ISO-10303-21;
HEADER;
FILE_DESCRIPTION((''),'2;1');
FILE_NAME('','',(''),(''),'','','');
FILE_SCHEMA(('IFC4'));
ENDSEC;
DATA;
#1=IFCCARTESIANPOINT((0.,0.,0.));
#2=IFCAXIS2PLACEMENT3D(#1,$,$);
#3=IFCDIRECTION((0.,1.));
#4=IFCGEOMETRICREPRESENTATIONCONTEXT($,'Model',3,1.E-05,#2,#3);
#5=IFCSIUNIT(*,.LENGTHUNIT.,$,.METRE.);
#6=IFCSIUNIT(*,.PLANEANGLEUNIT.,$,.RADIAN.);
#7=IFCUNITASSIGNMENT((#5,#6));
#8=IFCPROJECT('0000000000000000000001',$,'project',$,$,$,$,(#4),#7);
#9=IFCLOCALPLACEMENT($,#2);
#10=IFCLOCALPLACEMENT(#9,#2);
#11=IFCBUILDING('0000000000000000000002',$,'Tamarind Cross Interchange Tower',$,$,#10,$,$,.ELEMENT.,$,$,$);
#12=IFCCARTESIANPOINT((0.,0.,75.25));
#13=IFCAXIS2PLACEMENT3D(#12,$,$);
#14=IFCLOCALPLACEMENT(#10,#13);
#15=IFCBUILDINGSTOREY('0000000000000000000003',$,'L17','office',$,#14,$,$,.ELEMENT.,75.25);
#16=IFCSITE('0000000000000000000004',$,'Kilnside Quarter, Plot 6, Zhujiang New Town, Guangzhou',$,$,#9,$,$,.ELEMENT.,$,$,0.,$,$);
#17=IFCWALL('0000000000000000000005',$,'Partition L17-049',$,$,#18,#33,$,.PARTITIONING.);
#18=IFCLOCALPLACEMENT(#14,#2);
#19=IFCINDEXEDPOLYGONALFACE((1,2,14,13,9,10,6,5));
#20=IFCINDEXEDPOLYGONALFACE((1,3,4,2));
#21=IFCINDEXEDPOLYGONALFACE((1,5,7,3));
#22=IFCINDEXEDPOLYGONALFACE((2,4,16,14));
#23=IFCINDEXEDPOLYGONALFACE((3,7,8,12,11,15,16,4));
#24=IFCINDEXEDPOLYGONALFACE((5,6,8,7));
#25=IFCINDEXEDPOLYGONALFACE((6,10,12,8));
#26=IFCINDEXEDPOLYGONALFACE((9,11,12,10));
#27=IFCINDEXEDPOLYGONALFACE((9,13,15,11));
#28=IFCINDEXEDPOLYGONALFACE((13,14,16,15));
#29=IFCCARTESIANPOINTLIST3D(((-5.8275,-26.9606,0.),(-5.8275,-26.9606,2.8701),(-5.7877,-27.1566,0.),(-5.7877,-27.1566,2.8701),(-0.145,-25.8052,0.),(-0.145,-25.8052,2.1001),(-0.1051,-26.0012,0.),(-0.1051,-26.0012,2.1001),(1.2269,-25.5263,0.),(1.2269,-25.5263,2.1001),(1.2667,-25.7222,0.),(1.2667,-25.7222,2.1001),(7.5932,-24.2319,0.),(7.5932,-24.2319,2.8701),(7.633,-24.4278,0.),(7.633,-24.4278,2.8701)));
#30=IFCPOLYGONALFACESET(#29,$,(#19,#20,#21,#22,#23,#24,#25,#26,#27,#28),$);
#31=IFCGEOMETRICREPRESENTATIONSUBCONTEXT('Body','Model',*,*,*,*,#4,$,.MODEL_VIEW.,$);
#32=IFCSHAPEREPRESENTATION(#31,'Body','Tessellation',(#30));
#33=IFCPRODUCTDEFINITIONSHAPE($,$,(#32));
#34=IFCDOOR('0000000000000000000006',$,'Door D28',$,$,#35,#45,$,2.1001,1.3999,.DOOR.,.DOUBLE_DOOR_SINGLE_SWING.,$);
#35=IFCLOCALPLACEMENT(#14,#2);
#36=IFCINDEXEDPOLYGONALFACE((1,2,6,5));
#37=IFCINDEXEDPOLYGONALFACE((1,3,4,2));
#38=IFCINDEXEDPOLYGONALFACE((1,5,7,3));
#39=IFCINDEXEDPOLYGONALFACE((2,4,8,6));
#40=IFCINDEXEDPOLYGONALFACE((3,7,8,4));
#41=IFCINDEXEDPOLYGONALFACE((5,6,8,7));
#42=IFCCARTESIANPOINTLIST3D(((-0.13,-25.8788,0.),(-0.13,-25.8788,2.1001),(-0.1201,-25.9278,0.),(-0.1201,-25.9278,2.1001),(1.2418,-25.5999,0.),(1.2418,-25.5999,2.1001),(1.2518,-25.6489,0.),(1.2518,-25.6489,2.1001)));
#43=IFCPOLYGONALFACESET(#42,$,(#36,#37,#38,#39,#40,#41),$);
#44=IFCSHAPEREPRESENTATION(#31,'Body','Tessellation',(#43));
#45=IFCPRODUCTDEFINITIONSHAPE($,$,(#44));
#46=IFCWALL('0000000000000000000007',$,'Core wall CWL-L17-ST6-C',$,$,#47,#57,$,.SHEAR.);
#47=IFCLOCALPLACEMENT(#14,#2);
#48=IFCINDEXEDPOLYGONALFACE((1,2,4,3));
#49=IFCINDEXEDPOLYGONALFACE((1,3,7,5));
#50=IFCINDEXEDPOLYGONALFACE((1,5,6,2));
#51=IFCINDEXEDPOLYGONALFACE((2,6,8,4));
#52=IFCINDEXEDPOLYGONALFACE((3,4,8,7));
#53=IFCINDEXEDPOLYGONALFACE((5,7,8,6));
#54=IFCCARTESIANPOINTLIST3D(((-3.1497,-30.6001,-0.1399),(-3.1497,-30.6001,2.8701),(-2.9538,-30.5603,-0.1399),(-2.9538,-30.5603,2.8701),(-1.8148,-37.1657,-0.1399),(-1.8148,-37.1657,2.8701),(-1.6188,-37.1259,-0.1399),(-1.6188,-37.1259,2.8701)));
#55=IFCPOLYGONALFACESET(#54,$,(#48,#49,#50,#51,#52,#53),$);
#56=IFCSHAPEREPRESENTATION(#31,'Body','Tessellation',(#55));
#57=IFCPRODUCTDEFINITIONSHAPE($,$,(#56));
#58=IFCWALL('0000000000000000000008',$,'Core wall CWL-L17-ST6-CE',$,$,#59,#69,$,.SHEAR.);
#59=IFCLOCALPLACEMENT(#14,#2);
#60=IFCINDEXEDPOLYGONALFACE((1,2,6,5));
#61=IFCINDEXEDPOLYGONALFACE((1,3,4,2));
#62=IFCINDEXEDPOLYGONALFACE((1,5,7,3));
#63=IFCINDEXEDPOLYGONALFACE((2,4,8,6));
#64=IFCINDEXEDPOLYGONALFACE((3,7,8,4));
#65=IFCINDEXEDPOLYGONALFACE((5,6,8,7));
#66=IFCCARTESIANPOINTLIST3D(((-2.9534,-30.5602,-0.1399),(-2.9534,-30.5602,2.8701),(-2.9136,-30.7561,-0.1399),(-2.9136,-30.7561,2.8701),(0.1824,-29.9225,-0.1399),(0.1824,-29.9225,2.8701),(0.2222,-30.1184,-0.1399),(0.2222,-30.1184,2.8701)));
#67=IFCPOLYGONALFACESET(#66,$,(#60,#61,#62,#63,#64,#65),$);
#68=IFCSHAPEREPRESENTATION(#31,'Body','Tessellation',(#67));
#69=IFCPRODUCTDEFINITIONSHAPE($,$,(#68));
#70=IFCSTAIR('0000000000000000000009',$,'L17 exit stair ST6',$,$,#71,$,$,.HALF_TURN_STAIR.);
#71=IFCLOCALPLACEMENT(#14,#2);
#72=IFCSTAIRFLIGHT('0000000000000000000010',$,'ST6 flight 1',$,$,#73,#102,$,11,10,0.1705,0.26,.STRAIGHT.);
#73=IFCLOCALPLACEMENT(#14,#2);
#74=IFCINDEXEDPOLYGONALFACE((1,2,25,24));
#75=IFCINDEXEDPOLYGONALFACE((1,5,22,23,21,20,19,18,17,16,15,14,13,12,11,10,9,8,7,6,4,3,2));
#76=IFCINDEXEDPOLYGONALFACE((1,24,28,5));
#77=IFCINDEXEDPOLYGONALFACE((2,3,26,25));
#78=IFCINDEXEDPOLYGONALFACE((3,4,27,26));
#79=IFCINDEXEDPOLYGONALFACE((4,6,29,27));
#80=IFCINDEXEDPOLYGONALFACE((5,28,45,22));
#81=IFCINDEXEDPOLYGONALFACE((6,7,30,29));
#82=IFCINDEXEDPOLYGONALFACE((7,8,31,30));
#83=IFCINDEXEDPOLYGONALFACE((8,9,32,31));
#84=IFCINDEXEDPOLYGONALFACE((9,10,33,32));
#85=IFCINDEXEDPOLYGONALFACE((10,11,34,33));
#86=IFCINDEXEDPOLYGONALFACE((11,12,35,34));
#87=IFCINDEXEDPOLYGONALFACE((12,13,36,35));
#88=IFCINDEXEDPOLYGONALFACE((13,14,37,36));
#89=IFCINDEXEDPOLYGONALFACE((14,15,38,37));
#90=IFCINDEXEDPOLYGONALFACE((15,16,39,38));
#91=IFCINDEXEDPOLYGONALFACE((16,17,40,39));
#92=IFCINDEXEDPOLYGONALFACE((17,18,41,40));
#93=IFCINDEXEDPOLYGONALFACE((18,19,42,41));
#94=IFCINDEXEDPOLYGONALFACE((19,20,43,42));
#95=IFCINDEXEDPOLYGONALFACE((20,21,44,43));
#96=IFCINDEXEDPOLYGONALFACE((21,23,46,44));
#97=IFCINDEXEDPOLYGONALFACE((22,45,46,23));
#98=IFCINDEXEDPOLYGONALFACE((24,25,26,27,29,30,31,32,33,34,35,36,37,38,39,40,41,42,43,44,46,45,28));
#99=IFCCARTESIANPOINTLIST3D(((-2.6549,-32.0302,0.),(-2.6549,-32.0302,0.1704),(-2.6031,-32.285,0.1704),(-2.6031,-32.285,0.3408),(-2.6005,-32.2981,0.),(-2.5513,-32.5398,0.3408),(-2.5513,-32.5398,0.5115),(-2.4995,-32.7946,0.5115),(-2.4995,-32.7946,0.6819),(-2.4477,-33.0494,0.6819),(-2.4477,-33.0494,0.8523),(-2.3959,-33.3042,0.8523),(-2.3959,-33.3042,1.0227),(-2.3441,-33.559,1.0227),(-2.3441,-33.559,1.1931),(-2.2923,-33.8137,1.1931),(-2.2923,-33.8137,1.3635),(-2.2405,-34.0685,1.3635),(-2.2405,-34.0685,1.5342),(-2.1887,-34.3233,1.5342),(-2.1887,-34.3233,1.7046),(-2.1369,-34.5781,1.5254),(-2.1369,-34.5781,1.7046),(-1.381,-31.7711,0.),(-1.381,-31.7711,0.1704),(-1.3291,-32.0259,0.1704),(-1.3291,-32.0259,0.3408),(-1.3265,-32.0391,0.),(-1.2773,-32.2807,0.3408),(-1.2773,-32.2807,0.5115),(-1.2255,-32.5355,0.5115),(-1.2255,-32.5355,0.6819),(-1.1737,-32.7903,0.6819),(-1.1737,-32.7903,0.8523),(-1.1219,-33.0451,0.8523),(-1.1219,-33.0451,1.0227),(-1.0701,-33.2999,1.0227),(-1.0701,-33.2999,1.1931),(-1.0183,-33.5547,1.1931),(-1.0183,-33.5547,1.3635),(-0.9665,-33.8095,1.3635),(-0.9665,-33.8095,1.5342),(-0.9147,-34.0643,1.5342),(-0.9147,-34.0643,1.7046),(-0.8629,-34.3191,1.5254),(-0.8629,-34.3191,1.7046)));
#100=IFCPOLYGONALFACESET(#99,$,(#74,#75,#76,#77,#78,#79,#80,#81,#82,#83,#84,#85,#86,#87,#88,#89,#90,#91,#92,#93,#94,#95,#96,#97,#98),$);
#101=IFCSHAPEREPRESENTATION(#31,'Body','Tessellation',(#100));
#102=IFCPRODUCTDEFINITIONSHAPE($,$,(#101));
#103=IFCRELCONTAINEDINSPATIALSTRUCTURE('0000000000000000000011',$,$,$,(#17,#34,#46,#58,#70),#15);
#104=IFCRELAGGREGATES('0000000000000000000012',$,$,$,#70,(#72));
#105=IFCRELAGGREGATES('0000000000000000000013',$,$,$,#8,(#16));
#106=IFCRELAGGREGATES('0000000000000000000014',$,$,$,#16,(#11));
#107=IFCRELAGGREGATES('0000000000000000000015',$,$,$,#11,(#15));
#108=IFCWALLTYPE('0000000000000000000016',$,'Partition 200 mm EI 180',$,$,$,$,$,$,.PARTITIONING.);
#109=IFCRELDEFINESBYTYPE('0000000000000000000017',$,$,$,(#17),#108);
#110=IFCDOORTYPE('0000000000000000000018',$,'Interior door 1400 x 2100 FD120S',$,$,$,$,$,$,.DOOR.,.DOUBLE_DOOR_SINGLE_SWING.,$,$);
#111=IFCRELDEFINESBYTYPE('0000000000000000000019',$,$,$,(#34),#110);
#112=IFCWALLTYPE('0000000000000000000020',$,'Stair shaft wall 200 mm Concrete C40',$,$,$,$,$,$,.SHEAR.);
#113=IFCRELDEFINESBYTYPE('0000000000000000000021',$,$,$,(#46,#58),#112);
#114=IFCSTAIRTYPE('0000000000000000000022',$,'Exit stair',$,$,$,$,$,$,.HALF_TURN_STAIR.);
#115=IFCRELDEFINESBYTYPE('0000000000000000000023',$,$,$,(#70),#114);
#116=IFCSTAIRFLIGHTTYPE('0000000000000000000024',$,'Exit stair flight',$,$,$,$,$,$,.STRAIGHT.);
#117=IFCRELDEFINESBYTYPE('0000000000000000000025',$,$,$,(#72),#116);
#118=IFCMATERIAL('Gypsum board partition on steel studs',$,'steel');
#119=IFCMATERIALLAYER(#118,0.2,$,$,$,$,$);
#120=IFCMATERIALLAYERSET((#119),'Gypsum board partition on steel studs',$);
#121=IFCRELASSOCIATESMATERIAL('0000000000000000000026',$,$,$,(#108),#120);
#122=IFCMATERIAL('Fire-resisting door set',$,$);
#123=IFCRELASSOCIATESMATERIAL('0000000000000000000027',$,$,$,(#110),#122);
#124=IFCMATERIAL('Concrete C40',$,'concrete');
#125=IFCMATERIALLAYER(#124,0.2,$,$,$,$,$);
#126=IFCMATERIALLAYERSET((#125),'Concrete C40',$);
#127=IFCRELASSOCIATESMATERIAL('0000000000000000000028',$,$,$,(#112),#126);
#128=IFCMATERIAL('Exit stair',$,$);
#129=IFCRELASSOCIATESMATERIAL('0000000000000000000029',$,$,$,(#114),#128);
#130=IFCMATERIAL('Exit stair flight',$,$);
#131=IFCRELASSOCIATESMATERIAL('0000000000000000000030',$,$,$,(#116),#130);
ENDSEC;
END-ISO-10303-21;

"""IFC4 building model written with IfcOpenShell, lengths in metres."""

from ifc_helpers import new_model, si_unit, direction, frame, frame_2d, origin, place, context, subcontext, project, spatial, polyline, rectangle, outline, extrude, material, layer, layer_set, type_object, element, fill, aggregate, save


model = new_model("IFC4")

# Units and contexts
model_context = context("Model", 3, precision=1e-05, world=origin(), true_north=direction((0.0, 1.0)))
body_context = subcontext(model_context, "Body", "Model", "MODEL_VIEW")
ifc_project = project(units=[si_unit("LENGTHUNIT", "METRE"), si_unit("PLANEANGLEUNIT", "RADIAN")], contexts=[model_context])

# Site, building, storey
site_placement = place(None, origin())
site = spatial("IfcSite", under=ifc_project, at=site_placement, Name="Kilnside Quarter, Plot 6, Zhujiang New Town, Guangzhou", CompositionType="ELEMENT", RefElevation=0.0)
building_placement = place(site_placement, origin())
building = spatial("IfcBuilding", under=site, at=building_placement, Name="Tamarind Cross Interchange Tower", CompositionType="ELEMENT")
storey_placement = place(building_placement, frame((0.0, 0.0, 75.25)))
storey = spatial("IfcBuildingStorey", under=building, at=storey_placement, Name="L17", Description="office", CompositionType="ELEMENT", Elevation=75.25)

# Shared definitions
ifc_material_1 = material(Name="Gypsum board partition on steel studs", Category="steel")
ifc_material_2 = material(Name="Fire-resisting door set")

# Wall, opening, door
ifc_layer_1 = layer(ifc_material_1, 0.2)
ifc_layer_set_1 = layer_set([ifc_layer_1], Name="Gypsum board partition on steel studs")
wall_type_1 = type_object("IfcWallType", Name="Partition 200 mm EI 180", PredefinedType="PARTITIONING", material=ifc_layer_set_1)
wall_1_placement = place(storey_placement, frame((-5.8076, -27.0586, 0.0), z_axis=(0.0, 0.0, 1.0), x_axis=(0.979949, 0.199249, 0.0)))
wall_1 = element("IfcWall", 1, at=wall_1_placement, inside=storey, type_object=wall_type_1, Name="Partition L17-049", PredefinedType="PARTITIONING", context=body_context, shape_type="SweptSolid", body=[
    extrude(rectangle(XDim=13.6953, YDim=0.2, at=frame_2d((6.8477, 0.0))), origin(), (0.0, 0.0, 1.0), 2.8701),
])
opening_1_placement = place(wall_1_placement, frame((5.7988, 0.0, 0.0)))
opening_1 = element("IfcOpeningElement", 2, at=opening_1_placement, cuts=wall_1, PredefinedType="OPENING", context=body_context, shape_type="SweptSolid", body=[
    extrude(rectangle(XDim=1.3999, YDim=2.1001, at=frame_2d((0.7, 1.05))), frame((0.0, 0.1099, 0.0), z_axis=(0.0, -1.0, 0.0), x_axis=(1.0, 0.0, 0.0)), (0.0, 0.0, 1.0), 0.22),
])
door_type_1 = type_object("IfcDoorType", Name="Interior door 1400 x 2100 FD120S", OperationType="DOUBLE_DOOR_SINGLE_SWING", PredefinedType="DOOR", material=ifc_material_2)
door_1_placement = place(opening_1_placement, origin())
door_1 = element("IfcDoor", 3, at=door_1_placement, inside=storey, type_object=door_type_1, Name="Door D28", OperationType="DOUBLE_DOOR_SINGLE_SWING", OverallHeight=2.1001, OverallWidth=1.3999, PredefinedType="DOOR", context=body_context, shape_type="SweptSolid", body=[
    extrude(rectangle(XDim=1.3999, YDim=2.1001, at=frame_2d((0.7, 1.05))), frame((0.0, 0.0249, 0.0), z_axis=(0.0, -1.0, 0.0), x_axis=(1.0, 0.0, 0.0)), (0.0, 0.0, 1.0), 0.05),
])
fill(opening_1, door_1)

# Walls
ifc_material_3 = material(Name="Concrete C40", Category="concrete")
ifc_layer_2 = layer(ifc_material_3, 0.2)
ifc_layer_set_2 = layer_set([ifc_layer_2], Name="Concrete C40")
wall_type_2 = type_object("IfcWallType", Name="Stair shaft wall 200 mm Concrete C40", PredefinedType="SHEAR", material=ifc_layer_set_2)
wall_2_placement = place(storey_placement, frame((-3.0518, -30.5801, -0.1399), z_axis=(0.0, 0.0, 1.0), x_axis=(0.199247, -0.979949, 0.0)))
element("IfcWall", 4, at=wall_2_placement, inside=storey, type_object=wall_type_2, Name="Core wall CWL-L17-ST6-C", PredefinedType="SHEAR", context=body_context, shape_type="SweptSolid", body=[
    extrude(rectangle(XDim=6.7, YDim=0.2, at=frame_2d((3.3501, 0.0))), origin(), (0.0, 0.0, 1.0), 3.01),
])
wall_3_placement = place(storey_placement, frame((-2.9336, -30.6582, -0.1399), z_axis=(0.0, 0.0, 1.0), x_axis=(0.979942, 0.199284, 0.0)))
element("IfcWall", 5, at=wall_3_placement, inside=storey, type_object=wall_type_2, Name="Core wall CWL-L17-ST6-CE", PredefinedType="SHEAR", context=body_context, shape_type="SweptSolid", body=[
    extrude(rectangle(XDim=3.2, YDim=0.2, at=frame_2d((1.6001, 0.0))), origin(), (0.0, 0.0, 1.0), 3.01),
])

# Stair, stair flight
ifc_material_4 = material(Name="Exit stair")
stair_type = type_object("IfcStairType", Name="Exit stair", PredefinedType="HALF_TURN_STAIR", material=ifc_material_4)
stair_placement = place(storey_placement, origin())
stair = element("IfcStair", 6, at=stair_placement, inside=storey, type_object=stair_type, Name="L17 exit stair ST6", PredefinedType="HALF_TURN_STAIR")
ifc_material_5 = material(Name="Exit stair flight")
stair_flight_type = type_object("IfcStairFlightType", Name="Exit stair flight", PredefinedType="STRAIGHT", material=ifc_material_5)
stair_flight_placement = place(storey_placement, frame((-2.0178, -31.9006, 0.0), z_axis=(0.0, 0.0, 1.0), x_axis=(0.199245, -0.97995, 0.0)))
stair_flight = element("IfcStairFlight", 7, at=stair_flight_placement, type_object=stair_flight_type, Name="ST6 flight 1", NumberOfRisers=11, NumberOfTreads=10, PredefinedType="STRAIGHT", RiserHeight=0.1705, TreadLength=0.26, context=body_context, shape_type="SweptSolid", body=[
    extrude(outline(polyline([(0.0, 0.0), (0.0, 0.1704), (0.26, 0.1704), (0.26, 0.3408), (0.52, 0.3408), (0.52, 0.5115), (0.78, 0.5115), (0.78, 0.6819), (1.04, 0.6819), (1.04, 0.8523), (1.3, 0.8523), (1.3, 1.0227), (1.5601, 1.0227), (1.5601, 1.1931), (1.8201, 1.1931), (1.8201, 1.3635), (2.0801, 1.3635), (2.0801, 1.5342), (2.3401, 1.5342), (2.3401, 1.7046), (2.6001, 1.7046), (2.6001, 1.875), (2.6001, 1.5254), (0.2734, 0.0), (0.0, 0.0)])), frame((0.0, 0.6499, 0.0), z_axis=(0.0, -1.0, 0.0), x_axis=(1.0, 0.0, 0.0)), (0.0, 0.0, 1.0), 1.3),
])
aggregate(stair, [stair_flight])

save(model, "model.ifc")
